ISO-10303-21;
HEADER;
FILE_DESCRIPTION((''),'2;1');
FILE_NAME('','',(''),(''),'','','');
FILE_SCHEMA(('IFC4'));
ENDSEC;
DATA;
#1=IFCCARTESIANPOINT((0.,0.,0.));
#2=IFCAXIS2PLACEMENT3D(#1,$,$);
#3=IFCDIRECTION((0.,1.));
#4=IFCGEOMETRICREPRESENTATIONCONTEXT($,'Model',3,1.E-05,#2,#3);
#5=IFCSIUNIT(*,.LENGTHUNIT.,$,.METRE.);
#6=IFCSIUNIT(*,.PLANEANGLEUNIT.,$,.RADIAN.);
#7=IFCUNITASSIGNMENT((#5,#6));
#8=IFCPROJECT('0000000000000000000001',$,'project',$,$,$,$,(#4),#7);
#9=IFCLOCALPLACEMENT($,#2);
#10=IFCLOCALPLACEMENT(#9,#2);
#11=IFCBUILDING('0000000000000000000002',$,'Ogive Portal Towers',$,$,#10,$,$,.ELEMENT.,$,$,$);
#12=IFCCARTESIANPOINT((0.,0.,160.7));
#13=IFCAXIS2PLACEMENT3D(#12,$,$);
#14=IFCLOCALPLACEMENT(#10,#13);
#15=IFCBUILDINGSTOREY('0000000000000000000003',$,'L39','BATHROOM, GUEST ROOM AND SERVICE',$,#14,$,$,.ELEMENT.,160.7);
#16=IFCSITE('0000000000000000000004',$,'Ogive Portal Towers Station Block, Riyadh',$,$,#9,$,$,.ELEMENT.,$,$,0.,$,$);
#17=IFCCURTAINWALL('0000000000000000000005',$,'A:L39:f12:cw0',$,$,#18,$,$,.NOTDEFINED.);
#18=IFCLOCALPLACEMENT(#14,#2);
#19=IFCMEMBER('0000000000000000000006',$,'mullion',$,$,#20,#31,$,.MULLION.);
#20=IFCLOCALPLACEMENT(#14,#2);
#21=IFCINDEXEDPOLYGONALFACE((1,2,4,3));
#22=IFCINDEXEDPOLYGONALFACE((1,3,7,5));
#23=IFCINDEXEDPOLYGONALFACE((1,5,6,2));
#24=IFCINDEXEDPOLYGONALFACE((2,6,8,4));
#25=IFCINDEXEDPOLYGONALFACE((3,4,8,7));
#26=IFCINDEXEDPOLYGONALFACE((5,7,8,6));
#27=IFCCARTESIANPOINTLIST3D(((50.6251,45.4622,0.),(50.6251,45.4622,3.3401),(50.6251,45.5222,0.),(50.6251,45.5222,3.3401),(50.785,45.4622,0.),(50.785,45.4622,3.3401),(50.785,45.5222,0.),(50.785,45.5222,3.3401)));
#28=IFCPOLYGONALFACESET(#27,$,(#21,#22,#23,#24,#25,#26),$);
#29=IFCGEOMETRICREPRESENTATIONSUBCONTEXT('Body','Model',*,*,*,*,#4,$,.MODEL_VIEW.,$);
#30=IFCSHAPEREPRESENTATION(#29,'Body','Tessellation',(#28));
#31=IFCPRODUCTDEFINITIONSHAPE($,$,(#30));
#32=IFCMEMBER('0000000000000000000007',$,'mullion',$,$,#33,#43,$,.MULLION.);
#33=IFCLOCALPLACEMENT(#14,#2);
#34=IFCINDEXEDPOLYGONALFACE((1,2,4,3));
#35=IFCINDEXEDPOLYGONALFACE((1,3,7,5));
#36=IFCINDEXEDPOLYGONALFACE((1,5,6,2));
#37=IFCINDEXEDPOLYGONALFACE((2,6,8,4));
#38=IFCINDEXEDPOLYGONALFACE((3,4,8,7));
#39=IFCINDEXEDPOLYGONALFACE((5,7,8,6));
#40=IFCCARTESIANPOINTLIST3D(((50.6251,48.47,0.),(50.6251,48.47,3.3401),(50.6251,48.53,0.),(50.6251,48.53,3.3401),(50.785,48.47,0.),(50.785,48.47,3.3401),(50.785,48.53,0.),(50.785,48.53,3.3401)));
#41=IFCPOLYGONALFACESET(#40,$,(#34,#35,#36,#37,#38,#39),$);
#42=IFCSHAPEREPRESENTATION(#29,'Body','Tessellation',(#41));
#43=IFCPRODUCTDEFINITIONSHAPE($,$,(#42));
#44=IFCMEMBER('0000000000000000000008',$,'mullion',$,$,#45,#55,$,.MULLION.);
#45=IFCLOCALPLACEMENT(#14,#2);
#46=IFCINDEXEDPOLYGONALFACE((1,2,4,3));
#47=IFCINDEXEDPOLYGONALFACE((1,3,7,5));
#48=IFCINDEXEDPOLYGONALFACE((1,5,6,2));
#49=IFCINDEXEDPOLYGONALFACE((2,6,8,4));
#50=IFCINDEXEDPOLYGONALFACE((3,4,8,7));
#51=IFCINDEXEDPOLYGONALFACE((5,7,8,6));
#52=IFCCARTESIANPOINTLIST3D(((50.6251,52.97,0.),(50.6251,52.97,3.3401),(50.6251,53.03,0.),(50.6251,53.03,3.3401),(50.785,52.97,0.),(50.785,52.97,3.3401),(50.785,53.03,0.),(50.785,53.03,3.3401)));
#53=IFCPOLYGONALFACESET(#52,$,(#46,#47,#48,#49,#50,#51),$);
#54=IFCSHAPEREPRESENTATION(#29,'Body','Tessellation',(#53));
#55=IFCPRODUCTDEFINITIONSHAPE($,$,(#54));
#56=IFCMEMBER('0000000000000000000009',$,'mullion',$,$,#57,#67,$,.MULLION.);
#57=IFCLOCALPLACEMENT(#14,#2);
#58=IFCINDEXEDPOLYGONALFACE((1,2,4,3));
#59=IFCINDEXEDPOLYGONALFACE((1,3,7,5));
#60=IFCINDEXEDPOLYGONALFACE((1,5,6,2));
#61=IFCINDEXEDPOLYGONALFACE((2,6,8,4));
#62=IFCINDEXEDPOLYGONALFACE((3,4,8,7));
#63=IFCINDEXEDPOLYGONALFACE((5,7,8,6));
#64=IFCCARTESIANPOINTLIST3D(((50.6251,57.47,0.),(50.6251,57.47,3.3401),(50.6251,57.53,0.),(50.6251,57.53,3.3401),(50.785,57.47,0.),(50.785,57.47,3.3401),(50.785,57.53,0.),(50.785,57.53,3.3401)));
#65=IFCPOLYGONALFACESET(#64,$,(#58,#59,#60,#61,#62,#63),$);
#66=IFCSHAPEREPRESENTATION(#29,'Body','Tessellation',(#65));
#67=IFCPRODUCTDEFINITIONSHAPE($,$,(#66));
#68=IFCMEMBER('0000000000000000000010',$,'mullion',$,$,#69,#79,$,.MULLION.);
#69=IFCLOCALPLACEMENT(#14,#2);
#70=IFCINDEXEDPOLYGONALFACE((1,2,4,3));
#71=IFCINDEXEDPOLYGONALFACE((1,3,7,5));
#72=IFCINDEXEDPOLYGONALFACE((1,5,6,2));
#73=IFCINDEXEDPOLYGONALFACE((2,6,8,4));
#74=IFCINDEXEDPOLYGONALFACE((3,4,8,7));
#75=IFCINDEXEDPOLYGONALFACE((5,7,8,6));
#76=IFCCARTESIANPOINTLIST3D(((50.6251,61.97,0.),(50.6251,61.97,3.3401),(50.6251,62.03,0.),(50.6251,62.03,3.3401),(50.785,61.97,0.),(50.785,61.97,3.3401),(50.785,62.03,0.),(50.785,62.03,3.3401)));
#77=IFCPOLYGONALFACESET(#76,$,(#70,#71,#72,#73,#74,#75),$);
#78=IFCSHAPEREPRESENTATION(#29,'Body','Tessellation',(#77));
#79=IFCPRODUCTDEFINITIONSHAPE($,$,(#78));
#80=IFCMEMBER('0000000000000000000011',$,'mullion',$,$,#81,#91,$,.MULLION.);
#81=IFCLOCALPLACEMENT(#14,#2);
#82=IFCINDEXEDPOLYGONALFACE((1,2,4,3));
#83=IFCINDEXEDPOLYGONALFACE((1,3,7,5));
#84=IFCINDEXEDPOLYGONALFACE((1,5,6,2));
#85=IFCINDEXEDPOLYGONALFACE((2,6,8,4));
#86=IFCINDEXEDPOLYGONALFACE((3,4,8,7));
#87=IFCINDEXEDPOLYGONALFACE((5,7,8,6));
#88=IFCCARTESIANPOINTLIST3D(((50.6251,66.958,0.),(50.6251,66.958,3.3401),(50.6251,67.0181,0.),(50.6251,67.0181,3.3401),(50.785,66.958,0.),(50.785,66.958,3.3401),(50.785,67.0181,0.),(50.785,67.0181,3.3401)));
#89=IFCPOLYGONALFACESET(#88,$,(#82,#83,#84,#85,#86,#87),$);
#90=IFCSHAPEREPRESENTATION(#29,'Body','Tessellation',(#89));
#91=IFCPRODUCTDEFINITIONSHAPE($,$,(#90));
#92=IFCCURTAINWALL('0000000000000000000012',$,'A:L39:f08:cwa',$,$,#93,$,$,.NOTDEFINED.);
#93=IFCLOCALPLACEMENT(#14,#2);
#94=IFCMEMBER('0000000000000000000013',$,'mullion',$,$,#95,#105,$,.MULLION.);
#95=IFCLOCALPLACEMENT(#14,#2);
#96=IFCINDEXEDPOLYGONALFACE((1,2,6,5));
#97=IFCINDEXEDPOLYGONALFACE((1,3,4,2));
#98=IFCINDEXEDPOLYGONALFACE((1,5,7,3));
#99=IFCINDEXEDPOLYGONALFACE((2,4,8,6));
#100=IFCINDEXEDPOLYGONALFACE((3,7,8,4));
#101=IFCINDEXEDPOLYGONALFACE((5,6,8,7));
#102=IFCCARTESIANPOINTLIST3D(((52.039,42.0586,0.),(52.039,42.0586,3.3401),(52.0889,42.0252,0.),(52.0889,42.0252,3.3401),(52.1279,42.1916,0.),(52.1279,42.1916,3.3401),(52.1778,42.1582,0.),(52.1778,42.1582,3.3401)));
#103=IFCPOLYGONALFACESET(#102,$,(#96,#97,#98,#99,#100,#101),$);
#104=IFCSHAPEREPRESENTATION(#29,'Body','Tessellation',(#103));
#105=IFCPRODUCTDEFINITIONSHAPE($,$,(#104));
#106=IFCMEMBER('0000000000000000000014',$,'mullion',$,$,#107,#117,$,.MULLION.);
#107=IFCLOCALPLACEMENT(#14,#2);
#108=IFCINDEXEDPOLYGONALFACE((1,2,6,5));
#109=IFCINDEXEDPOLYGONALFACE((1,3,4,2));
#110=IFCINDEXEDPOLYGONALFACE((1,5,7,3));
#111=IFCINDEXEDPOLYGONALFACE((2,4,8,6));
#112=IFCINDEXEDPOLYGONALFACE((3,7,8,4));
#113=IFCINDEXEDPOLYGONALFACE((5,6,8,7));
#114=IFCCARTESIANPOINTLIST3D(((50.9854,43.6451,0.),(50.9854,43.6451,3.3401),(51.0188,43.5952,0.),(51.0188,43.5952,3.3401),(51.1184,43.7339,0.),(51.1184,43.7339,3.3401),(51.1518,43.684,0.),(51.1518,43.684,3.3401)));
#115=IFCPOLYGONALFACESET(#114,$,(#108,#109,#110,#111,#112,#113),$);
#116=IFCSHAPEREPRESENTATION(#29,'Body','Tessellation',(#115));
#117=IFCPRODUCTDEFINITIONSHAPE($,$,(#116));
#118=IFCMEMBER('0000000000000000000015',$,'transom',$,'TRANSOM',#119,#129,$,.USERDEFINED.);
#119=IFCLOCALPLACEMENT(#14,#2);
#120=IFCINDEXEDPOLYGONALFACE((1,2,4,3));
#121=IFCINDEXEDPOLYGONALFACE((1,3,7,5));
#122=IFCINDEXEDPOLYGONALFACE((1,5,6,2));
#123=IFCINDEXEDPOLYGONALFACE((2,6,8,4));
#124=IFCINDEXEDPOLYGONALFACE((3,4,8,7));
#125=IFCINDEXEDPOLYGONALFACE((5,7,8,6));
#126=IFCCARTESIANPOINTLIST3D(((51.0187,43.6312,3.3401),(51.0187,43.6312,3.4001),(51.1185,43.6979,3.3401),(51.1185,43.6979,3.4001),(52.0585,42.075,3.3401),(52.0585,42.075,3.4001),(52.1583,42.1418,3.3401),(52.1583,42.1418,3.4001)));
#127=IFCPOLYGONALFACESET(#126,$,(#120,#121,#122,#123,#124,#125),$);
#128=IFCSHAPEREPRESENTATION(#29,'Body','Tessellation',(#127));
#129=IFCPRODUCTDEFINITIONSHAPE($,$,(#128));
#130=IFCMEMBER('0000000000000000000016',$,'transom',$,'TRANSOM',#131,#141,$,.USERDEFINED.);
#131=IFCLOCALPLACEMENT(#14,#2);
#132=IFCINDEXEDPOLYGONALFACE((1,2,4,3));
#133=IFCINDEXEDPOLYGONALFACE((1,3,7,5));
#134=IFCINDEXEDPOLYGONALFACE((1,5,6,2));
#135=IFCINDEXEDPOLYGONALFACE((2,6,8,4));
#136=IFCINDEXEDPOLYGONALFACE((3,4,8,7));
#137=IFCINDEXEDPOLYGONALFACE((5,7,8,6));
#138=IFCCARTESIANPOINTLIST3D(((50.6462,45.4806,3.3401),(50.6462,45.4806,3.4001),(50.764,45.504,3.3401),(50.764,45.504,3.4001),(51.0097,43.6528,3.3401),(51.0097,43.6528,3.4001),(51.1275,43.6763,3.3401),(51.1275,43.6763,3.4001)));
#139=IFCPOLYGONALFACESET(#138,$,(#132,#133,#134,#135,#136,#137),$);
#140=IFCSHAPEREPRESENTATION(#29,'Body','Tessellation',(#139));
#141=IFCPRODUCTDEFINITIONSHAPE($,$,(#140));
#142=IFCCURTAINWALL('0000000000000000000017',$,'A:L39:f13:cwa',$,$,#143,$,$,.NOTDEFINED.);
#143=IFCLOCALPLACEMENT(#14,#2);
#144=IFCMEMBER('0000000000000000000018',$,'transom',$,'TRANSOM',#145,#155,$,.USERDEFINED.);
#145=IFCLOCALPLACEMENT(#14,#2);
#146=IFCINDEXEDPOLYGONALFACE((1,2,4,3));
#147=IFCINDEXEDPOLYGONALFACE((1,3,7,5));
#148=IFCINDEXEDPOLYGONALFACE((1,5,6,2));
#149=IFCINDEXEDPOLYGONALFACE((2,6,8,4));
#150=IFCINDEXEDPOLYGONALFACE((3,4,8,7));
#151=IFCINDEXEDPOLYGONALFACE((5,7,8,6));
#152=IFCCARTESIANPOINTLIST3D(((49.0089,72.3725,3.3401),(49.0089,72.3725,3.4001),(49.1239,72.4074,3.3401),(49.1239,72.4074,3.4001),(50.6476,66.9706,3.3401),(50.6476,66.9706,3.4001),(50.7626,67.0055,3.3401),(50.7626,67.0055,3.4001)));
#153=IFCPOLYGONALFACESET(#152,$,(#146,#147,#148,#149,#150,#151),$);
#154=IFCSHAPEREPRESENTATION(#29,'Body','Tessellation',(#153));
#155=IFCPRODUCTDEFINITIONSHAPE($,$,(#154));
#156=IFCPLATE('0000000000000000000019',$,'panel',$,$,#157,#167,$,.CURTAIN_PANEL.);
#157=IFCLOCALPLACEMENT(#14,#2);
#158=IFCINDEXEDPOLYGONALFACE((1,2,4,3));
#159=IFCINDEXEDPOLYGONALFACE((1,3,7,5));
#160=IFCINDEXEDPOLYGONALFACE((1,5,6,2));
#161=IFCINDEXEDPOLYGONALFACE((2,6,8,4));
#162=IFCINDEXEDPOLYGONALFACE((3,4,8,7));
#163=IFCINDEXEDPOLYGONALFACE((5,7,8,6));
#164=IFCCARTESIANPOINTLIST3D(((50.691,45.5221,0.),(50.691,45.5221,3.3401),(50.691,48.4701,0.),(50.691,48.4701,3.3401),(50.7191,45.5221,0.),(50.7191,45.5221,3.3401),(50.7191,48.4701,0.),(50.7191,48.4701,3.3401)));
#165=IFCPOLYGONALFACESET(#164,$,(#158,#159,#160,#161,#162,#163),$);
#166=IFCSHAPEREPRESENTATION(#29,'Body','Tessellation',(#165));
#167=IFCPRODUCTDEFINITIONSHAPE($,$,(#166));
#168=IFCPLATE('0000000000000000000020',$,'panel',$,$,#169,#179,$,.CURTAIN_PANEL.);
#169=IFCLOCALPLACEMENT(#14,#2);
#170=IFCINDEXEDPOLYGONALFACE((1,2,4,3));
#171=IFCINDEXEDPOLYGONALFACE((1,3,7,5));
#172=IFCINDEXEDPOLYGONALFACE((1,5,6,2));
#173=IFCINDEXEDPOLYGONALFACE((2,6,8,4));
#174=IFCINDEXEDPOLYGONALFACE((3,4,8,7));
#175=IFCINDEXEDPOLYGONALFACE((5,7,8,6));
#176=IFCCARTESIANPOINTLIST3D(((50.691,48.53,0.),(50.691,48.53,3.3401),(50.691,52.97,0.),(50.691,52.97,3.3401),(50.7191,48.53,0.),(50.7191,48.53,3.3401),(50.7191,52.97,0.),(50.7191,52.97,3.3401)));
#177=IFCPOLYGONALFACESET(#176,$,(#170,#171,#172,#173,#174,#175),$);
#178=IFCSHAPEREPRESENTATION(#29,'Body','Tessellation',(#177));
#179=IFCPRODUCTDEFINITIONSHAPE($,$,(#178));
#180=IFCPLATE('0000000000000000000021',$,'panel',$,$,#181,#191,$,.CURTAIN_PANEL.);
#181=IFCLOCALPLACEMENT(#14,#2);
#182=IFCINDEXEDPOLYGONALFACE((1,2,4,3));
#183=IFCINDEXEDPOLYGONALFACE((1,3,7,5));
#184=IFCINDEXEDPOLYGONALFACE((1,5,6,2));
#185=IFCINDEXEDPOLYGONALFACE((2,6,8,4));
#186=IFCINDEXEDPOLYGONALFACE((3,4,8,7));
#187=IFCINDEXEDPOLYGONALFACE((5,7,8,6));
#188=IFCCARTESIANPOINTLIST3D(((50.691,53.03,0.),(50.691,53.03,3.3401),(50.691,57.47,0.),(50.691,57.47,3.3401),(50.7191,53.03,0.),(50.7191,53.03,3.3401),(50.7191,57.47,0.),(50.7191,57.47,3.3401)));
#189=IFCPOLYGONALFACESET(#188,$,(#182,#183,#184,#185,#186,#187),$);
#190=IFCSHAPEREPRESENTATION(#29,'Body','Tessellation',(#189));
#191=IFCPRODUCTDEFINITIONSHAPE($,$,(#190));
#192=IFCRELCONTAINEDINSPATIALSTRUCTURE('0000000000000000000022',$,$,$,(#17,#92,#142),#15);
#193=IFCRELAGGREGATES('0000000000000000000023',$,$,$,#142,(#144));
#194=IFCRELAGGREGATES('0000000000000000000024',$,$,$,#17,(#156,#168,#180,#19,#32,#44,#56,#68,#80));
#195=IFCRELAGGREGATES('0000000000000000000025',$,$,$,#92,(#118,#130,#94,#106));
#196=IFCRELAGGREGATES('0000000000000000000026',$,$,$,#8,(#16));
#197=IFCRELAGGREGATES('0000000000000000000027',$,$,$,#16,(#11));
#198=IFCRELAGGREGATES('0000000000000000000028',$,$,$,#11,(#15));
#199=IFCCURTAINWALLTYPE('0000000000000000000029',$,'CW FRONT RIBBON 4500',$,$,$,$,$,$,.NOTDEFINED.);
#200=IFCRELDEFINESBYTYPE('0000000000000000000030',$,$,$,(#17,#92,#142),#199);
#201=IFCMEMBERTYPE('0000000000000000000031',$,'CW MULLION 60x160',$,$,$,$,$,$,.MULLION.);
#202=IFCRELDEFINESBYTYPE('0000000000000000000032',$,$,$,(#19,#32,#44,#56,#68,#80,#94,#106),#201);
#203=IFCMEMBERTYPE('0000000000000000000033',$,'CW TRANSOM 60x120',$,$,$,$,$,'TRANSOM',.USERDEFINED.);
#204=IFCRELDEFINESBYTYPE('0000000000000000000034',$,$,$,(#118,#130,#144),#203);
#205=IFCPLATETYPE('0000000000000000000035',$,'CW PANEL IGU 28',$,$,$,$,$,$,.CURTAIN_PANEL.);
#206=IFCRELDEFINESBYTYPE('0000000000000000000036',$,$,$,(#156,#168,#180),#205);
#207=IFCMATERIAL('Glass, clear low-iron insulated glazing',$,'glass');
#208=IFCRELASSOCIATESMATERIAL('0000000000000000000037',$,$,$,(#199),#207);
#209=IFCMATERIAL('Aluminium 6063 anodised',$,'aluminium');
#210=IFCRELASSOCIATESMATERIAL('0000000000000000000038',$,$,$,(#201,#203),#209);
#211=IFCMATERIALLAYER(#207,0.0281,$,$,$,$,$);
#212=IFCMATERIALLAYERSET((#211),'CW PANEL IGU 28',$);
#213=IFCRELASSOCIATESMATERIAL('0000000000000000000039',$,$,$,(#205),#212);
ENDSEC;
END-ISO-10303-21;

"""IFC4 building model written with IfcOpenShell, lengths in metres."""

from ifc_helpers import new_model, si_unit, direction, frame, origin, origin_2d, place, context, subcontext, project, spatial, rectangle, extrude, material, layer, layer_set, material_profile, profile_set, type_object, element, aggregate, save


model = new_model("IFC4")

# Units and contexts
model_context = context("Model", 3, precision=1e-05, world=origin(), true_north=direction((0.0, 1.0)))
body_context = subcontext(model_context, "Body", "Model", "MODEL_VIEW")
ifc_project = project(units=[si_unit("LENGTHUNIT", "METRE"), si_unit("PLANEANGLEUNIT", "RADIAN")], contexts=[model_context])

# Site, building, storey
site_placement = place(None, origin())
site = spatial("IfcSite", under=ifc_project, at=site_placement, Name="Ogive Portal Towers Station Block, Riyadh", CompositionType="ELEMENT", RefElevation=0.0)
building_placement = place(site_placement, origin())
building = spatial("IfcBuilding", under=site, at=building_placement, Name="Ogive Portal Towers", CompositionType="ELEMENT")
storey_placement = place(building_placement, frame((0.0, 0.0, 160.7)))
storey = spatial("IfcBuildingStorey", under=building, at=storey_placement, Name="L39", Description="BATHROOM, GUEST ROOM AND SERVICE", CompositionType="ELEMENT", Elevation=160.7)

# Curtain walls, members
ifc_material_1 = material(Name="Glass, clear low-iron insulated glazing", Category="glass")
curtain_wall_type = type_object("IfcCurtainWallType", Name="CW FRONT RIBBON 4500", PredefinedType="NOTDEFINED", material=ifc_material_1)
curtain_wall_1_placement = place(storey_placement, origin())
curtain_wall_1 = element("IfcCurtainWall", 1, at=curtain_wall_1_placement, inside=storey, type_object=curtain_wall_type, Name="A:L39:f12:cw0", PredefinedType="NOTDEFINED")
ifc_material_2 = material(Name="Aluminium 6063 anodised", Category="aluminium")
ifc_material_profile_1 = material_profile(ifc_material_2, rectangle(XDim=0.1599, YDim=0.0601, at=origin_2d()), Name="AL 60x160")
ifc_profile_set_1 = profile_set([ifc_material_profile_1], Name="Aluminium 6063 anodised")
member_type_1 = type_object("IfcMemberType", Name="CW MULLION 60x160", PredefinedType="MULLION", material=ifc_profile_set_1)
member_1_placement = place(storey_placement, frame((50.7051, 45.4922, 0.0), z_axis=(0.0, 0.0, 1.0), x_axis=(-1.0, 0.0, 0.0)))
member_1 = element("IfcMember", 2, at=member_1_placement, type_object=member_type_1, Name="mullion", PredefinedType="MULLION", context=body_context, shape_type="SweptSolid", body=[
    extrude(rectangle(XDim=0.1599, YDim=0.0601, at=origin_2d()), origin(), (0.0, 0.0, 1.0), 3.3401),
])
member_2_placement = place(storey_placement, frame((50.7051, 48.5, 0.0), z_axis=(0.0, 0.0, 1.0), x_axis=(-1.0, 0.0, 0.0)))
member_2 = element("IfcMember", 3, at=member_2_placement, type_object=member_type_1, Name="mullion", PredefinedType="MULLION", context=body_context, shape_type="SweptSolid", body=[
    extrude(rectangle(XDim=0.1599, YDim=0.0601, at=origin_2d()), origin(), (0.0, 0.0, 1.0), 3.3401),
])
member_3_placement = place(storey_placement, frame((50.7051, 53.0, 0.0), z_axis=(0.0, 0.0, 1.0), x_axis=(-1.0, 0.0, 0.0)))
member_3 = element("IfcMember", 4, at=member_3_placement, type_object=member_type_1, Name="mullion", PredefinedType="MULLION", context=body_context, shape_type="SweptSolid", body=[
    extrude(rectangle(XDim=0.1599, YDim=0.0601, at=origin_2d()), origin(), (0.0, 0.0, 1.0), 3.3401),
])
member_4_placement = place(storey_placement, frame((50.7051, 57.5, 0.0), z_axis=(0.0, 0.0, 1.0), x_axis=(-1.0, 0.0, 0.0)))
member_4 = element("IfcMember", 5, at=member_4_placement, type_object=member_type_1, Name="mullion", PredefinedType="MULLION", context=body_context, shape_type="SweptSolid", body=[
    extrude(rectangle(XDim=0.1599, YDim=0.0601, at=origin_2d()), origin(), (0.0, 0.0, 1.0), 3.3401),
])
member_5_placement = place(storey_placement, frame((50.7051, 62.0, 0.0), z_axis=(0.0, 0.0, 1.0), x_axis=(-1.0, 0.0, 0.0)))
member_5 = element("IfcMember", 6, at=member_5_placement, type_object=member_type_1, Name="mullion", PredefinedType="MULLION", context=body_context, shape_type="SweptSolid", body=[
    extrude(rectangle(XDim=0.1599, YDim=0.0601, at=origin_2d()), origin(), (0.0, 0.0, 1.0), 3.3401),
])
member_6_placement = place(storey_placement, frame((50.7051, 66.988, 0.0), z_axis=(0.0, 0.0, 1.0), x_axis=(-1.0, 0.0, 0.0)))
member_6 = element("IfcMember", 7, at=member_6_placement, type_object=member_type_1, Name="mullion", PredefinedType="MULLION", context=body_context, shape_type="SweptSolid", body=[
    extrude(rectangle(XDim=0.1599, YDim=0.0601, at=origin_2d()), origin(), (0.0, 0.0, 1.0), 3.3401),
])
curtain_wall_2_placement = place(storey_placement, origin())
curtain_wall_2 = element("IfcCurtainWall", 8, at=curtain_wall_2_placement, inside=storey, type_object=curtain_wall_type, Name="A:L39:f08:cwa", PredefinedType="NOTDEFINED")
member_7_placement = place(storey_placement, frame((52.1084, 42.1084, 0.0), z_axis=(0.0, 0.0, 1.0), x_axis=(-0.55557, -0.83147, 0.0)))
member_7 = element("IfcMember", 9, at=member_7_placement, type_object=member_type_1, Name="mullion", PredefinedType="MULLION", context=body_context, shape_type="SweptSolid", body=[
    extrude(rectangle(XDim=0.1599, YDim=0.0601, at=origin_2d()), origin(), (0.0, 0.0, 1.0), 3.3401),
])
member_8_placement = place(storey_placement, frame((51.0686, 43.6646, 0.0), z_axis=(0.0, 0.0, 1.0), x_axis=(-0.83147, -0.55557, 0.0)))
member_8 = element("IfcMember", 10, at=member_8_placement, type_object=member_type_1, Name="mullion", PredefinedType="MULLION", context=body_context, shape_type="SweptSolid", body=[
    extrude(rectangle(XDim=0.1599, YDim=0.0601, at=origin_2d()), origin(), (0.0, 0.0, 1.0), 3.3401),
])
ifc_material_profile_2 = material_profile(ifc_material_2, rectangle(XDim=0.1201, YDim=0.0601, at=origin_2d()), Name="AL 120x60")
ifc_profile_set_2 = profile_set([ifc_material_profile_2], Name="Aluminium 6063 anodised")
member_type_2 = type_object("IfcMemberType", Name="CW TRANSOM 60x120", ElementType="TRANSOM", PredefinedType="USERDEFINED", material=ifc_profile_set_2)
member_9_placement = place(storey_placement, frame((52.1084, 42.1084, 3.3701), z_axis=(-0.555573, 0.831468, 0.0), x_axis=(-0.831468, -0.555573, 0.0)))
member_9 = element("IfcMember", 11, at=member_9_placement, type_object=member_type_2, Name="transom", ObjectType="TRANSOM", PredefinedType="USERDEFINED", context=body_context, shape_type="SweptSolid", body=[
    extrude(rectangle(XDim=0.1201, YDim=0.0601, at=origin_2d()), origin(), (0.0, 0.0, 1.0), 1.8716),
])
member_10_placement = place(storey_placement, frame((51.0686, 43.6646, 3.3701), z_axis=(-0.195083, 0.980787, 0.0), x_axis=(-0.980787, -0.195083, 0.0)))
member_10 = element("IfcMember", 12, at=member_10_placement, type_object=member_type_2, Name="transom", ObjectType="TRANSOM", PredefinedType="USERDEFINED", context=body_context, shape_type="SweptSolid", body=[
    extrude(rectangle(XDim=0.1201, YDim=0.0601, at=origin_2d()), origin(), (0.0, 0.0, 1.0), 1.8635),
])

# Curtain wall, member
curtain_wall_3_placement = place(storey_placement, origin())
curtain_wall_3 = element("IfcCurtainWall", 13, at=curtain_wall_3_placement, inside=storey, type_object=curtain_wall_type, Name="A:L39:f13:cwa", PredefinedType="NOTDEFINED")
member_11_placement = place(storey_placement, frame((50.7051, 66.988, 3.3701), z_axis=(-0.290291, 0.956939, 0.0), x_axis=(-0.956939, -0.290291, 0.0)))
member_11 = element("IfcMember", 14, at=member_11_placement, type_object=member_type_2, Name="transom", ObjectType="TRANSOM", PredefinedType="USERDEFINED", context=body_context, shape_type="SweptSolid", body=[
    extrude(rectangle(XDim=0.1201, YDim=0.0601, at=origin_2d()), origin(), (0.0, 0.0, 1.0), 5.645),
])
aggregate(curtain_wall_3, [member_11])

# Plates
ifc_layer = layer(ifc_material_1, 0.0281)
ifc_layer_set = layer_set([ifc_layer], Name="CW PANEL IGU 28")
plate_type = type_object("IfcPlateType", Name="CW PANEL IGU 28", PredefinedType="CURTAIN_PANEL", material=ifc_layer_set)
plate_1_placement = place(storey_placement, frame((50.7051, 46.9961, 0.0), z_axis=(0.0, 0.0, 1.0), x_axis=(0.0, 1.0, 0.0)))
plate_1 = element("IfcPlate", 15, at=plate_1_placement, type_object=plate_type, Name="panel", PredefinedType="CURTAIN_PANEL", context=body_context, shape_type="SweptSolid", body=[
    extrude(rectangle(XDim=2.948, YDim=0.0281, at=origin_2d()), origin(), (0.0, 0.0, 1.0), 3.3401),
])
plate_2_placement = place(storey_placement, frame((50.7051, 50.75, 0.0), z_axis=(0.0, 0.0, 1.0), x_axis=(0.0, 1.0, 0.0)))
plate_2 = element("IfcPlate", 16, at=plate_2_placement, type_object=plate_type, Name="panel", PredefinedType="CURTAIN_PANEL", context=body_context, shape_type="SweptSolid", body=[
    extrude(rectangle(XDim=4.4399, YDim=0.0281, at=origin_2d()), origin(), (0.0, 0.0, 1.0), 3.3401),
])
plate_3_placement = place(storey_placement, frame((50.7051, 55.25, 0.0), z_axis=(0.0, 0.0, 1.0), x_axis=(0.0, 1.0, 0.0)))
plate_3 = element("IfcPlate", 17, at=plate_3_placement, type_object=plate_type, Name="panel", PredefinedType="CURTAIN_PANEL", context=body_context, shape_type="SweptSolid", body=[
    extrude(rectangle(XDim=4.4399, YDim=0.0281, at=origin_2d()), origin(), (0.0, 0.0, 1.0), 3.3401),
])
aggregate(curtain_wall_1, [plate_1, plate_2, plate_3, member_1, member_2, member_3, member_4, member_5, member_6])
aggregate(curtain_wall_2, [member_9, member_10, member_7, member_8])

save(model, "model.ifc")
